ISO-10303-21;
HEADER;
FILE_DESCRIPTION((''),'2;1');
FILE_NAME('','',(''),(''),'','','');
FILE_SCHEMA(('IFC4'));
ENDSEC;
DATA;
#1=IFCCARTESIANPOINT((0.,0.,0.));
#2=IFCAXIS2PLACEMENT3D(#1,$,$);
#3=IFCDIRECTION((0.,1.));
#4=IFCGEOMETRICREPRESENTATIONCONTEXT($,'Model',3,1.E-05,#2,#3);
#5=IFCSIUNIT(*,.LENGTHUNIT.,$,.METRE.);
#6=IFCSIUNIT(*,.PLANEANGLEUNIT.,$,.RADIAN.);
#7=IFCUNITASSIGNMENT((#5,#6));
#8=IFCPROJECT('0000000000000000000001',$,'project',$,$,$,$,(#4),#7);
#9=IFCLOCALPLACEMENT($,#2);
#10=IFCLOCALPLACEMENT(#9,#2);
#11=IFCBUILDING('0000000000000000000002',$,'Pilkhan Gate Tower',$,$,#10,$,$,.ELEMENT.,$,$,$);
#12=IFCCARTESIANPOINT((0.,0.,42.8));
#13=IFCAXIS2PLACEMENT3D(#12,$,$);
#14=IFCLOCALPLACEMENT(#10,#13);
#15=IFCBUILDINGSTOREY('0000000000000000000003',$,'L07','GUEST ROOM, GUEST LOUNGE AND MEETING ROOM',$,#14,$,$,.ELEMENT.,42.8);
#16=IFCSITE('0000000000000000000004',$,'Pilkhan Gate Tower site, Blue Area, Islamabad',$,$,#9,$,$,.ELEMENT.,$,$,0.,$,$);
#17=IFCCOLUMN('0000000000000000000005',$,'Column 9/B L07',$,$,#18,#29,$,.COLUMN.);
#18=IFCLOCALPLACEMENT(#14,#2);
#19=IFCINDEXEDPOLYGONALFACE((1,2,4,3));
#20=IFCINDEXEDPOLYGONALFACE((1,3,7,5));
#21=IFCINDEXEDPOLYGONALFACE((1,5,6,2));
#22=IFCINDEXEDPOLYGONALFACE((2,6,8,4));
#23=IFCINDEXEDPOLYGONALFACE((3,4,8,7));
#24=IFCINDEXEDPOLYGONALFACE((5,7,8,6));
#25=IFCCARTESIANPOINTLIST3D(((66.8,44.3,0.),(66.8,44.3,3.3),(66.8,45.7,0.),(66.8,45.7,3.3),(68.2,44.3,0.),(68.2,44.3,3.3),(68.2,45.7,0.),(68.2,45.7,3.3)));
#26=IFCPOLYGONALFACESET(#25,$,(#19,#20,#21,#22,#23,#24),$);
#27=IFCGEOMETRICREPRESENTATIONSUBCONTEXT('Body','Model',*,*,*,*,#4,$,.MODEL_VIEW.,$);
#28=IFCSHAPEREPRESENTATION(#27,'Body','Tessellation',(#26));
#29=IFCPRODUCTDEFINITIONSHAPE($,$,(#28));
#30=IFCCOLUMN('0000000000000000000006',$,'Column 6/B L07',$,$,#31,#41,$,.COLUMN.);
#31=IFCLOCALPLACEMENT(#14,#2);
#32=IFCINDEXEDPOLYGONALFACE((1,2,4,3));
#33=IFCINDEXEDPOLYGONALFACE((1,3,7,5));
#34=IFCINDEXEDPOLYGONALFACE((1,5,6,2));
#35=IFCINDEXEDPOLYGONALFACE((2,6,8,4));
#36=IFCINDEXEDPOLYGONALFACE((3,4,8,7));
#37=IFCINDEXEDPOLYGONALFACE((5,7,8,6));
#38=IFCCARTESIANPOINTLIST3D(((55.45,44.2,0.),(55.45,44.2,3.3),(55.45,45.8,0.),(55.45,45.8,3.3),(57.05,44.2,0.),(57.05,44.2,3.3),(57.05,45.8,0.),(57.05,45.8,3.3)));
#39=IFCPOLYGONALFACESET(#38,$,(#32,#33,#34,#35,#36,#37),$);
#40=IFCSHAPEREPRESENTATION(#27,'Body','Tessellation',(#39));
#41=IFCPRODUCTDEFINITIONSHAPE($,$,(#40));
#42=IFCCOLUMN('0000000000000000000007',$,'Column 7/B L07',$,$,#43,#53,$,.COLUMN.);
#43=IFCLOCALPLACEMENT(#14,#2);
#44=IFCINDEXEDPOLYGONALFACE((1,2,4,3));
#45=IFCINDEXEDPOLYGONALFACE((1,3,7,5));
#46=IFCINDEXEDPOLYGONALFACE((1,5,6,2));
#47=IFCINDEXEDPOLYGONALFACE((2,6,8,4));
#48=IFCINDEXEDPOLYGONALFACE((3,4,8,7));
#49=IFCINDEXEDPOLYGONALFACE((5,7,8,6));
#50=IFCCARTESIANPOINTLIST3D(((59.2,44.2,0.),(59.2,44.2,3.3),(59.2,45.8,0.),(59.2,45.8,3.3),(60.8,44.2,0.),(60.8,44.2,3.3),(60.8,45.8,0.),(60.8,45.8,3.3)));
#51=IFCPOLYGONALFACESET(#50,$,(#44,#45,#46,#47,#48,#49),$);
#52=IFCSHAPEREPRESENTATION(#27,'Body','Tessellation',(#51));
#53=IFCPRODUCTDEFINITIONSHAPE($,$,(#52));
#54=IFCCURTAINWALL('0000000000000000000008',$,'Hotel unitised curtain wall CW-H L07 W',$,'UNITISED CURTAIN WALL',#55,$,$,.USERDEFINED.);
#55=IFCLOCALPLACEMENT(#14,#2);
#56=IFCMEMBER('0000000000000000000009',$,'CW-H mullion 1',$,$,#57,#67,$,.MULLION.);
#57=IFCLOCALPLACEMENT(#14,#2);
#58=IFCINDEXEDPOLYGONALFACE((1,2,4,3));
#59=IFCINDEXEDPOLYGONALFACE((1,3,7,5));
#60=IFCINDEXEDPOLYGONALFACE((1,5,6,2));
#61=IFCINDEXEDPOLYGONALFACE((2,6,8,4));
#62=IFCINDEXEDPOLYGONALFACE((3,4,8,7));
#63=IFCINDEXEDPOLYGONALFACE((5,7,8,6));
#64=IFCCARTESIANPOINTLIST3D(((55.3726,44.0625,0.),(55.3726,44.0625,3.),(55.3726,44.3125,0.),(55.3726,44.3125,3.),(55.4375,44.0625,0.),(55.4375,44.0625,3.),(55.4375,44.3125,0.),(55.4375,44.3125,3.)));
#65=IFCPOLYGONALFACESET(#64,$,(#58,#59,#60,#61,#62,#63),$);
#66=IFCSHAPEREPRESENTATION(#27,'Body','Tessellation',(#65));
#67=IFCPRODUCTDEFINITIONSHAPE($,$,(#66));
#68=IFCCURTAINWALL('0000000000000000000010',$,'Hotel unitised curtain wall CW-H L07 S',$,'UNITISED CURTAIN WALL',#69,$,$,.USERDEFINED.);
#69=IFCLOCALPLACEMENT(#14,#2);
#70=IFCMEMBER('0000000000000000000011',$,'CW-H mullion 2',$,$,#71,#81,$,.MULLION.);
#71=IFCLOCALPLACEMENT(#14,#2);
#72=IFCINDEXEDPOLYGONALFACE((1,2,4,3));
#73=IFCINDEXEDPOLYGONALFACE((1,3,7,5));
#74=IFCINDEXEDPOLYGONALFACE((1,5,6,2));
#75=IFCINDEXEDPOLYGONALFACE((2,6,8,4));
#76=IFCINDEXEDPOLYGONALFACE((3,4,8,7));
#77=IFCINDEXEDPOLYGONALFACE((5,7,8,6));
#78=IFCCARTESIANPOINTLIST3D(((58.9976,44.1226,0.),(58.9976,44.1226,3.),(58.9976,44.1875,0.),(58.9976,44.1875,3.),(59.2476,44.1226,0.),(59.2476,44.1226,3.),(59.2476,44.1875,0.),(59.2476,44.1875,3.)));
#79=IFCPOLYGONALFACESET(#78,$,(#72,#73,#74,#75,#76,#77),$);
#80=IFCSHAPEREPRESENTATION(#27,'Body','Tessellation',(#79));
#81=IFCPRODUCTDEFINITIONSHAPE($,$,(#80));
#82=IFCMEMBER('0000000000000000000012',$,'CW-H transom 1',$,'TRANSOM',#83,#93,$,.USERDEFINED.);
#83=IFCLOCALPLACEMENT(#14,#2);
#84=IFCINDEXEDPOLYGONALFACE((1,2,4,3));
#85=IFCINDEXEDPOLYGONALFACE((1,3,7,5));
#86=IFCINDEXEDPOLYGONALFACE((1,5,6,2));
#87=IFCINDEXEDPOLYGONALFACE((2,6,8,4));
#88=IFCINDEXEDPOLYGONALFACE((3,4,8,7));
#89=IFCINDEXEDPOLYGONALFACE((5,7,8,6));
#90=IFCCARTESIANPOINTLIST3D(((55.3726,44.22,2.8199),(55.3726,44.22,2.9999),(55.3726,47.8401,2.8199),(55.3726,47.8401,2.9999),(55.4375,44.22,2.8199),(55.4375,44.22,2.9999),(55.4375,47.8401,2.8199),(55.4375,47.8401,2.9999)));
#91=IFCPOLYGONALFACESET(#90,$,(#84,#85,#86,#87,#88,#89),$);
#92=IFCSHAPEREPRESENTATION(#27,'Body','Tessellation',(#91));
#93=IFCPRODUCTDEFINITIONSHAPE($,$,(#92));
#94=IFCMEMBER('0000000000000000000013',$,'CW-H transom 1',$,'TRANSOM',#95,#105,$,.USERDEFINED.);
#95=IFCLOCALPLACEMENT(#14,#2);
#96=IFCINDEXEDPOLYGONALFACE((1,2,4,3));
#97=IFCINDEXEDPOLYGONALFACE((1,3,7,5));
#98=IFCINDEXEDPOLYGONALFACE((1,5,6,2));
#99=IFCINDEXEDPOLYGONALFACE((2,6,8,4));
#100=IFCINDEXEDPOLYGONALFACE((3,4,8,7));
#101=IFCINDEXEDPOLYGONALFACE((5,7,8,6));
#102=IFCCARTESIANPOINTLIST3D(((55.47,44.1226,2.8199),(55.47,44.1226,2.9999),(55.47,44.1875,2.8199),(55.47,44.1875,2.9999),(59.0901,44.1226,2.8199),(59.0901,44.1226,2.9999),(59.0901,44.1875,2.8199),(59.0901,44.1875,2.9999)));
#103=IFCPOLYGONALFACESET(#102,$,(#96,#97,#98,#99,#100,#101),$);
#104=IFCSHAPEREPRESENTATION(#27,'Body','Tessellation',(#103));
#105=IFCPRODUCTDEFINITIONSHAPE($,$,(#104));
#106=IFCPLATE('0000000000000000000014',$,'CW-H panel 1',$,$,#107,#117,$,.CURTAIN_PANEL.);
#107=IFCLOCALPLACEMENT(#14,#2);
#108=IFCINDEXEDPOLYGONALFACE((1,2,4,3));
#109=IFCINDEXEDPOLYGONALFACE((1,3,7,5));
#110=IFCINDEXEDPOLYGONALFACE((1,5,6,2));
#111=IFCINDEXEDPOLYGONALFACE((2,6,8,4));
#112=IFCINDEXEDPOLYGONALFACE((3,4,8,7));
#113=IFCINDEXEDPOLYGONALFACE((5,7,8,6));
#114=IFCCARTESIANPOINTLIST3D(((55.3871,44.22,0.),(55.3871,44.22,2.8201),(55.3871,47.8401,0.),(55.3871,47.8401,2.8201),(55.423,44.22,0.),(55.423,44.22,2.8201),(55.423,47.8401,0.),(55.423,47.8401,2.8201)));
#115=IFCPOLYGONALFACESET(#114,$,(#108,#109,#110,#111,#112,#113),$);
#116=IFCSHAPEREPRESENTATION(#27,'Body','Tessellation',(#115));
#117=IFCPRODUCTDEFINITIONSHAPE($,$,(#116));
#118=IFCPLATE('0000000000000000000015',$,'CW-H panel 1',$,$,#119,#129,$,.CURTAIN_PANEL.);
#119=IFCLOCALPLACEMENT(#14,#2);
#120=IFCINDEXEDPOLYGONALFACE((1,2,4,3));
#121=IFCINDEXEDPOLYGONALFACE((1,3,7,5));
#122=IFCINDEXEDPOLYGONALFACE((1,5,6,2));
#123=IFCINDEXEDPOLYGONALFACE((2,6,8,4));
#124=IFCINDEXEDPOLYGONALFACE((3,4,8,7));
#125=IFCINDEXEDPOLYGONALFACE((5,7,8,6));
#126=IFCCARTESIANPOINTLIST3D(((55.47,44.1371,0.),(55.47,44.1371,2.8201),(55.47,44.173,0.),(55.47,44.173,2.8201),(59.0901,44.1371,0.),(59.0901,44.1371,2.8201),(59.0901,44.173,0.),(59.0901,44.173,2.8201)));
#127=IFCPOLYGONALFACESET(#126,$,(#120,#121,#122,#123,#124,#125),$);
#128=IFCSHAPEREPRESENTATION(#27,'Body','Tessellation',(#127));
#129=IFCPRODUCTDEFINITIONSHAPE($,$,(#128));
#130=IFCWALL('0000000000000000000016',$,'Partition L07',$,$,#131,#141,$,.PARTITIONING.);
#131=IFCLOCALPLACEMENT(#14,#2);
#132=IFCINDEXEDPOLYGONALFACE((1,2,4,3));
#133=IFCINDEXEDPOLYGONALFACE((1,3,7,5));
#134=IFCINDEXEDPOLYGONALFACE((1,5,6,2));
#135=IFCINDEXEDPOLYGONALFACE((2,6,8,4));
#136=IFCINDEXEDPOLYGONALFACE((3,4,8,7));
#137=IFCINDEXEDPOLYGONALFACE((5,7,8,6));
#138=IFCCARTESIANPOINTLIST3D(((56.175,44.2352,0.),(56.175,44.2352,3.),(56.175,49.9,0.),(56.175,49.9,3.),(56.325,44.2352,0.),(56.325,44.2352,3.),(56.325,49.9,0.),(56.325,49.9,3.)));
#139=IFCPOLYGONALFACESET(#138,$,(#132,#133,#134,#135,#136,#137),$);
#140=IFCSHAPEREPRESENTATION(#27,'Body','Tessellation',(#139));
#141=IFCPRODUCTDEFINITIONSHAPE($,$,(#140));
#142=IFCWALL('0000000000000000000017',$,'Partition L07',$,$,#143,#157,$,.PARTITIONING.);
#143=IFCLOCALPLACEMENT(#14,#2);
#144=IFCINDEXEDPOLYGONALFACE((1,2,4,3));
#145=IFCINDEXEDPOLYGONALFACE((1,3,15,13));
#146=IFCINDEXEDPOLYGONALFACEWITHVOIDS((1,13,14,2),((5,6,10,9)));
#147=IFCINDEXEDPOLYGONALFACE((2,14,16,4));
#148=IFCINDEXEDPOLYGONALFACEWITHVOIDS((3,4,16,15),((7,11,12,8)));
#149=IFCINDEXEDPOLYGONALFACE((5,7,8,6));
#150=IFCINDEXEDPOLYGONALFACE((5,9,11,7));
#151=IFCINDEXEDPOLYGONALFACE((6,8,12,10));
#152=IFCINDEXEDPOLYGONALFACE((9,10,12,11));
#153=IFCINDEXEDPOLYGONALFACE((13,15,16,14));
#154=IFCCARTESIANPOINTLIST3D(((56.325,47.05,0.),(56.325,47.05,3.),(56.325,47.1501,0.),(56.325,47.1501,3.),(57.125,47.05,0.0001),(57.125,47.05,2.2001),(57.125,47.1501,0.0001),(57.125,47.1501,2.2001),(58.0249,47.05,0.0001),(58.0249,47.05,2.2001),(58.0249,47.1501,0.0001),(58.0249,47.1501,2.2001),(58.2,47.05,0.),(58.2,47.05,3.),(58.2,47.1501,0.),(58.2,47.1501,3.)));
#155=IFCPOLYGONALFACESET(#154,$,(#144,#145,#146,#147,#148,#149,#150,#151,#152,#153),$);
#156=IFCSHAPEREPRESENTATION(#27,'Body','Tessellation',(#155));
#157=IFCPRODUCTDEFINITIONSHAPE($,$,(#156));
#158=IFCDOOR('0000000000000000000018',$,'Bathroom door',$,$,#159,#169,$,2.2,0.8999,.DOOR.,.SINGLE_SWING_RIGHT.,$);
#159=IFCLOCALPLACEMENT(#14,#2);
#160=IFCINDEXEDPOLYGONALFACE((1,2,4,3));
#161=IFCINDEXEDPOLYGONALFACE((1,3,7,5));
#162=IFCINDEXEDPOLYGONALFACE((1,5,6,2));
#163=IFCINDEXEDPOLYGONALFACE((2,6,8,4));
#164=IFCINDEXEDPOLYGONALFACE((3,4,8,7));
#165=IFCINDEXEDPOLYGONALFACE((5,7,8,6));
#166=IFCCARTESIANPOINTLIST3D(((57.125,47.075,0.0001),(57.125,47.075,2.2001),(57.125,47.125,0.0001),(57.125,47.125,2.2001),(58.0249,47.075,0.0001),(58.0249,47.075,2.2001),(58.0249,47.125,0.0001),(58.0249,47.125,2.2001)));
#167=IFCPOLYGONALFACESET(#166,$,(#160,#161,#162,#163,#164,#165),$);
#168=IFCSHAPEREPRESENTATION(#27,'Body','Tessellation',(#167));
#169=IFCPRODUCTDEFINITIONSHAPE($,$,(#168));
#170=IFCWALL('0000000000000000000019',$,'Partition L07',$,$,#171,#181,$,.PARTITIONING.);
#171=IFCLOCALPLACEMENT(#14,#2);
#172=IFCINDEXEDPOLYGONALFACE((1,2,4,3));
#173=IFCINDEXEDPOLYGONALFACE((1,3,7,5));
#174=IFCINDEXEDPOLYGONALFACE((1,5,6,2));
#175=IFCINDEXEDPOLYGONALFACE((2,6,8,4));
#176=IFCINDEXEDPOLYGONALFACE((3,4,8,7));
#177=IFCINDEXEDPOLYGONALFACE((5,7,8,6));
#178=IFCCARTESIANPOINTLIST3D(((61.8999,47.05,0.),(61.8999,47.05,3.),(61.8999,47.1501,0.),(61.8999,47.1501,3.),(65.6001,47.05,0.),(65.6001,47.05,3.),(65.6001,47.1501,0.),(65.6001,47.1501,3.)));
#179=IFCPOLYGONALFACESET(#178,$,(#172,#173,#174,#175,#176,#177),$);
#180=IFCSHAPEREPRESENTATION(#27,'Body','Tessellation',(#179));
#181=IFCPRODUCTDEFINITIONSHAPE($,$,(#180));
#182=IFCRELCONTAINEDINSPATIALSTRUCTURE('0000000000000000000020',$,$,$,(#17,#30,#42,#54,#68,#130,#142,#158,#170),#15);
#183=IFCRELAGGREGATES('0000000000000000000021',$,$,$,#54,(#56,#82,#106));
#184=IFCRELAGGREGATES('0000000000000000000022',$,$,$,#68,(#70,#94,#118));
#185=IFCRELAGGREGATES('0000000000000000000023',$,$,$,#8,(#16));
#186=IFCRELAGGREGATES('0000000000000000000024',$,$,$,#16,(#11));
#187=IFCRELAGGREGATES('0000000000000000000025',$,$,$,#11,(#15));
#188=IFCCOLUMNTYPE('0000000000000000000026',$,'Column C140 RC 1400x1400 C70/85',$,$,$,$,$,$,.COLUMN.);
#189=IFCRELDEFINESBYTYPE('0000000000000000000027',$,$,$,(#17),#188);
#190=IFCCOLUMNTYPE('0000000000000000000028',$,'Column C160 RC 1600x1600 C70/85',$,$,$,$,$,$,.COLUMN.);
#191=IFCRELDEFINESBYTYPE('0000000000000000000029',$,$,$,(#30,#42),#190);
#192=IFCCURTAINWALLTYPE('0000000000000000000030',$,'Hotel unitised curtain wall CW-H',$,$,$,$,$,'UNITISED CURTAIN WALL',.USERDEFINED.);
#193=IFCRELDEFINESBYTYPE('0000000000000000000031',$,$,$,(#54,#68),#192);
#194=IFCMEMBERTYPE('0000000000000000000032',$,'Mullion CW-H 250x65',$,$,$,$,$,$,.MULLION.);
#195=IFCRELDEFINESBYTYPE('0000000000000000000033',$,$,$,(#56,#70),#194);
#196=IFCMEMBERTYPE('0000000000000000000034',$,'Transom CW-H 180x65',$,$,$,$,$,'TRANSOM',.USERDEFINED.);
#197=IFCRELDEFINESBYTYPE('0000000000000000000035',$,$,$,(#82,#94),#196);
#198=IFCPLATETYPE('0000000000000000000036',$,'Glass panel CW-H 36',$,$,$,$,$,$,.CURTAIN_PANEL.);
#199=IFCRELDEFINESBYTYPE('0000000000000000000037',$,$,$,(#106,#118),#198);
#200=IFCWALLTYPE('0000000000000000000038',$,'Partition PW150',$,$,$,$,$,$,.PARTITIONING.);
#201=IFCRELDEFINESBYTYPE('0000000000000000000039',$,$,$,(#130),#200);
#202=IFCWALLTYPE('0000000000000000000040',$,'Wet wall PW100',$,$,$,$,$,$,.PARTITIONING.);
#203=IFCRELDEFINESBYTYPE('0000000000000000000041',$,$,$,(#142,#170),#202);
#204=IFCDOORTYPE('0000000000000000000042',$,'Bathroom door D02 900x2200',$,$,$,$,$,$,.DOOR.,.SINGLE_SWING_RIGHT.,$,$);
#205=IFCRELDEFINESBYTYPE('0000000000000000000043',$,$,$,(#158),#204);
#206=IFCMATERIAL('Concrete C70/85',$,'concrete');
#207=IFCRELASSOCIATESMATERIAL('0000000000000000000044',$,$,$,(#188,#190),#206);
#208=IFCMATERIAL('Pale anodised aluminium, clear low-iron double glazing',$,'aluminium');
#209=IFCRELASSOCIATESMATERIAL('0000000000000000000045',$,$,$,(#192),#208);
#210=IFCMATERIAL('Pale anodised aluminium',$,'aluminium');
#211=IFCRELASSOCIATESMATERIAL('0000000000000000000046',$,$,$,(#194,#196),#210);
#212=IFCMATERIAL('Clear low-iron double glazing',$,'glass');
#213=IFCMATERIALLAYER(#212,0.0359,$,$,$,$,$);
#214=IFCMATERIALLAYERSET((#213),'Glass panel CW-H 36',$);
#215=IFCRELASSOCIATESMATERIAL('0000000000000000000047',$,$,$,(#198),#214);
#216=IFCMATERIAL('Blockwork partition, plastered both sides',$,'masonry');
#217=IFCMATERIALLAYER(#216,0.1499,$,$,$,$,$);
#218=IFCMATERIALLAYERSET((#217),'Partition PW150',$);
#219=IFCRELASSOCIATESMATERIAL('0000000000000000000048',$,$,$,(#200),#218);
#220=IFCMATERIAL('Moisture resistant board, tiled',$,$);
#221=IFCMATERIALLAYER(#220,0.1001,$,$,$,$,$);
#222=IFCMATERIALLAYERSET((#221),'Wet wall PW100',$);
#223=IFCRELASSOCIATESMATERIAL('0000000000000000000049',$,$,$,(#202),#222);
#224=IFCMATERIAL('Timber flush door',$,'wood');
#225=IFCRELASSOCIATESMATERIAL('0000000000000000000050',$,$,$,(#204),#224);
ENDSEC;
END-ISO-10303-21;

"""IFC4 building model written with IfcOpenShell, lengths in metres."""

from ifc_helpers import new_model, si_unit, direction, frame, frame_2d, origin, origin_2d, place, context, subcontext, project, spatial, rectangle, extrude, material, layer, layer_set, material_profile, profile_set, type_object, element, fill, aggregate, save


model = new_model("IFC4")

# Units and contexts
model_context = context("Model", 3, precision=1e-05, world=origin(), true_north=direction((0.0, 1.0)))
body_context = subcontext(model_context, "Body", "Model", "MODEL_VIEW")
ifc_project = project(units=[si_unit("LENGTHUNIT", "METRE"), si_unit("PLANEANGLEUNIT", "RADIAN")], contexts=[model_context])

# Site, building, storey
site_placement = place(None, origin())
site = spatial("IfcSite", under=ifc_project, at=site_placement, Name="Pilkhan Gate Tower site, Blue Area, Islamabad", CompositionType="ELEMENT", RefElevation=0.0)
building_placement = place(site_placement, origin())
building = spatial("IfcBuilding", under=site, at=building_placement, Name="Pilkhan Gate Tower", CompositionType="ELEMENT")
storey_placement = place(building_placement, frame((0.0, 0.0, 42.8)))
storey = spatial("IfcBuildingStorey", under=building, at=storey_placement, Name="L07", Description="GUEST ROOM, GUEST LOUNGE AND MEETING ROOM", CompositionType="ELEMENT", Elevation=42.8)

# Columns
ifc_material_1 = material(Name="Concrete C70/85", Category="concrete")
ifc_material_profile_1 = material_profile(ifc_material_1, rectangle(XDim=1.3999, YDim=1.3999, at=origin_2d()), Name="RC 1400x1400")
ifc_profile_set_1 = profile_set([ifc_material_profile_1], Name="Concrete C70/85")
column_type_1 = type_object("IfcColumnType", Name="Column C140 RC 1400x1400 C70/85", PredefinedType="COLUMN", material=ifc_profile_set_1)
column_placement = place(storey_placement, frame((67.5, 45.0, 0.0), z_axis=(0.0, 0.0, 1.0), x_axis=(1.0, 0.0, 0.0)))
element("IfcColumn", 1, at=column_placement, inside=storey, type_object=column_type_1, Name="Column 9/B L07", PredefinedType="COLUMN", context=body_context, shape_type="SweptSolid", body=[
    extrude(rectangle(XDim=1.3999, YDim=1.3999, at=origin_2d()), origin(), (0.0, 0.0, 1.0), 3.3),
])
ifc_material_profile_2 = material_profile(ifc_material_1, rectangle(XDim=1.6001, YDim=1.6001, at=origin_2d()), Name="RC 1600x1600")
ifc_profile_set_2 = profile_set([ifc_material_profile_2], Name="Concrete C70/85")
column_type_2 = type_object("IfcColumnType", Name="Column C160 RC 1600x1600 C70/85", PredefinedType="COLUMN", material=ifc_profile_set_2)
for number, where, z_axis, x_axis, name in (
    (2, (56.25, 45.0, 0.0), (0.0, 0.0, 1.0), (1.0, 0.0, 0.0), "Column 6/B L07"),
    (3, (60.0, 45.0, 0.0), (0.0, 0.0, 1.0), (1.0, 0.0, 0.0), "Column 7/B L07"),
):
    element("IfcColumn", number, at=place(storey_placement, frame(where, z_axis=z_axis, x_axis=x_axis)), inside=storey, type_object=column_type_2, Name=name, PredefinedType="COLUMN", context=body_context, shape_type="SweptSolid", body=[
        extrude(rectangle(XDim=1.6001, YDim=1.6001, at=origin_2d()), origin(), (0.0, 0.0, 1.0), 3.3),
    ])

# Curtain walls, members
ifc_material_2 = material(Name="Pale anodised aluminium, clear low-iron double glazing", Category="aluminium")
curtain_wall_type = type_object("IfcCurtainWallType", Name="Hotel unitised curtain wall CW-H", ElementType="UNITISED CURTAIN WALL", PredefinedType="USERDEFINED", material=ifc_material_2)
curtain_wall_1_placement = place(storey_placement, origin())
curtain_wall_1 = element("IfcCurtainWall", 4, at=curtain_wall_1_placement, inside=storey, type_object=curtain_wall_type, Name="Hotel unitised curtain wall CW-H L07 W", ObjectType="UNITISED CURTAIN WALL", PredefinedType="USERDEFINED")
ifc_material_3 = material(Name="Pale anodised aluminium", Category="aluminium")
ifc_material_profile_3 = material_profile(ifc_material_3, rectangle(XDim=0.0649, YDim=0.25, at=origin_2d()), Name="Mullion 250x65")
ifc_profile_set_3 = profile_set([ifc_material_profile_3], Name="Pale anodised aluminium")
member_type_1 = type_object("IfcMemberType", Name="Mullion CW-H 250x65", PredefinedType="MULLION", material=ifc_profile_set_3)
member_1_placement = place(storey_placement, frame((55.405, 44.1875, 0.0), z_axis=(0.0, 0.0, 1.0), x_axis=(-1.0, 0.0, 0.0)))
member_1 = element("IfcMember", 5, at=member_1_placement, type_object=member_type_1, Name="CW-H mullion 1", PredefinedType="MULLION", context=body_context, shape_type="SweptSolid", body=[
    extrude(rectangle(XDim=0.0649, YDim=0.25, at=origin_2d()), origin(), (0.0, 0.0, 1.0), 3.0),
])
curtain_wall_2_placement = place(storey_placement, origin())
curtain_wall_2 = element("IfcCurtainWall", 6, at=curtain_wall_2_placement, inside=storey, type_object=curtain_wall_type, Name="Hotel unitised curtain wall CW-H L07 S", ObjectType="UNITISED CURTAIN WALL", PredefinedType="USERDEFINED")
member_2_placement = place(storey_placement, frame((59.1226, 44.155, 0.0), z_axis=(0.0, 0.0, 1.0), x_axis=(0.0, 1.0, 0.0)))
member_2 = element("IfcMember", 7, at=member_2_placement, type_object=member_type_1, Name="CW-H mullion 2", PredefinedType="MULLION", context=body_context, shape_type="SweptSolid", body=[
    extrude(rectangle(XDim=0.0649, YDim=0.25, at=origin_2d()), origin(), (0.0, 0.0, 1.0), 3.0),
])

# Members
ifc_material_profile_4 = material_profile(ifc_material_3, rectangle(XDim=0.0649, YDim=0.1799, at=origin_2d()), Name="Transom 180x65")
ifc_profile_set_4 = profile_set([ifc_material_profile_4], Name="Pale anodised aluminium")
member_type_2 = type_object("IfcMemberType", Name="Transom CW-H 180x65", ElementType="TRANSOM", PredefinedType="USERDEFINED", material=ifc_profile_set_4)
member_3_placement = place(storey_placement, frame((55.405, 44.22, 2.9099), z_axis=(0.0, 1.0, 0.0), x_axis=(-1.0, 0.0, 0.0)))
member_3 = element("IfcMember", 8, at=member_3_placement, type_object=member_type_2, Name="CW-H transom 1", ObjectType="TRANSOM", PredefinedType="USERDEFINED", context=body_context, shape_type="SweptSolid", body=[
    extrude(rectangle(XDim=0.0649, YDim=0.1799, at=origin_2d()), origin(), (0.0, 0.0, 1.0), 3.6201),
])
member_4_placement = place(storey_placement, frame((55.47, 44.155, 2.9099), z_axis=(1.0, 0.0, 0.0), x_axis=(0.0, 1.0, 0.0)))
member_4 = element("IfcMember", 9, at=member_4_placement, type_object=member_type_2, Name="CW-H transom 1", ObjectType="TRANSOM", PredefinedType="USERDEFINED", context=body_context, shape_type="SweptSolid", body=[
    extrude(rectangle(XDim=0.0649, YDim=0.1799, at=origin_2d()), origin(), (0.0, 0.0, 1.0), 3.6201),
])

# Plates
ifc_material_4 = material(Name="Clear low-iron double glazing", Category="glass")
ifc_layer_1 = layer(ifc_material_4, 0.0359)
ifc_layer_set_1 = layer_set([ifc_layer_1], Name="Glass panel CW-H 36")
plate_type = type_object("IfcPlateType", Name="Glass panel CW-H 36", PredefinedType="CURTAIN_PANEL", material=ifc_layer_set_1)
plate_1_placement = place(storey_placement, frame((55.405, 46.03, 0.0), z_axis=(0.0, 0.0, 1.0), x_axis=(0.0, 1.0, 0.0)))
plate_1 = element("IfcPlate", 10, at=plate_1_placement, type_object=plate_type, Name="CW-H panel 1", PredefinedType="CURTAIN_PANEL", context=body_context, shape_type="SweptSolid", body=[
    extrude(rectangle(XDim=3.6201, YDim=0.0359, at=origin_2d()), origin(), (0.0, 0.0, 1.0), 2.8201),
])
aggregate(curtain_wall_1, [member_1, member_3, plate_1])
plate_2_placement = place(storey_placement, frame((57.28, 44.155, 0.0), z_axis=(0.0, 0.0, 1.0), x_axis=(1.0, 0.0, 0.0)))
plate_2 = element("IfcPlate", 11, at=plate_2_placement, type_object=plate_type, Name="CW-H panel 1", PredefinedType="CURTAIN_PANEL", context=body_context, shape_type="SweptSolid", body=[
    extrude(rectangle(XDim=3.6201, YDim=0.0359, at=origin_2d()), origin(), (0.0, 0.0, 1.0), 2.8201),
])
aggregate(curtain_wall_2, [member_2, member_4, plate_2])

# Wall
ifc_material_5 = material(Name="Blockwork partition, plastered both sides", Category="masonry")
ifc_layer_2 = layer(ifc_material_5, 0.1499)
ifc_layer_set_2 = layer_set([ifc_layer_2], Name="Partition PW150")
wall_type_1 = type_object("IfcWallType", Name="Partition PW150", PredefinedType="PARTITIONING", material=ifc_layer_set_2)
wall_1_placement = place(storey_placement, frame((56.25, 44.2351, 0.0), z_axis=(0.0, 0.0, 1.0), x_axis=(0.0, 1.0, 0.0)))
element("IfcWall", 12, at=wall_1_placement, inside=storey, type_object=wall_type_1, Name="Partition L07", PredefinedType="PARTITIONING", context=body_context, shape_type="SweptSolid", body=[
    extrude(rectangle(XDim=5.6648, YDim=0.1499, at=frame_2d((2.8325, 0.0))), origin(), (0.0, 0.0, 1.0), 3.0),
])

# Wall, opening, door
ifc_material_6 = material(Name="Moisture resistant board, tiled")
ifc_layer_3 = layer(ifc_material_6, 0.1001)
ifc_layer_set_3 = layer_set([ifc_layer_3], Name="Wet wall PW100")
wall_type_2 = type_object("IfcWallType", Name="Wet wall PW100", PredefinedType="PARTITIONING", material=ifc_layer_set_3)
wall_2_placement = place(storey_placement, frame((56.325, 47.1001, 0.0), z_axis=(0.0, 0.0, 1.0), x_axis=(1.0, 0.0, 0.0)))
wall_2 = element("IfcWall", 13, at=wall_2_placement, inside=storey, type_object=wall_type_2, Name="Partition L07", PredefinedType="PARTITIONING", context=body_context, shape_type="SweptSolid", body=[
    extrude(rectangle(XDim=1.875, YDim=0.1001, at=frame_2d((0.9375, 0.0))), origin(), (0.0, 0.0, 1.0), 3.0),
])
opening_1_placement = place(wall_2_placement, frame((0.8, 0.0, 0.0)))
opening_1 = element("IfcOpeningElement", 14, at=opening_1_placement, cuts=wall_2, PredefinedType="OPENING", context=body_context, shape_type="SweptSolid", body=[
    extrude(rectangle(XDim=0.8999, YDim=2.2, at=frame_2d((0.45, 1.1001))), frame((0.0, 0.0601, 0.0), z_axis=(0.0, -1.0, 0.0), x_axis=(1.0, 0.0, 0.0)), (0.0, 0.0, 1.0), 0.1201),
])
ifc_material_7 = material(Name="Timber flush door", Category="wood")
door_type = type_object("IfcDoorType", Name="Bathroom door D02 900x2200", OperationType="SINGLE_SWING_RIGHT", PredefinedType="DOOR", material=ifc_material_7)
door_1_placement = place(opening_1_placement, origin())
door_1 = element("IfcDoor", 15, at=door_1_placement, inside=storey, type_object=door_type, Name="Bathroom door", OperationType="SINGLE_SWING_RIGHT", OverallHeight=2.2, OverallWidth=0.8999, PredefinedType="DOOR", context=body_context, shape_type="SweptSolid", body=[
    extrude(rectangle(XDim=0.8999, YDim=2.2, at=frame_2d((0.45, 1.1001))), frame((0.0, 0.0249, 0.0), z_axis=(0.0, -1.0, 0.0), x_axis=(1.0, 0.0, 0.0)), (0.0, 0.0, 1.0), 0.05),
])
fill(opening_1, door_1)

# Wall
for number, where, z_axis, x_axis, name in (
    (16, (61.8999, 47.1001, 0.0), (0.0, 0.0, 1.0), (1.0, 0.0, 0.0), "Partition L07"),
):
    element("IfcWall", number, at=place(storey_placement, frame(where, z_axis=z_axis, x_axis=x_axis)), inside=storey, type_object=wall_type_2, Name=name, PredefinedType="PARTITIONING", context=body_context, shape_type="SweptSolid", body=[
        extrude(rectangle(XDim=3.7002, YDim=0.1001, at=frame_2d((1.8501, 0.0))), origin(), (0.0, 0.0, 1.0), 3.0),
    ])

save(model, "model.ifc")
